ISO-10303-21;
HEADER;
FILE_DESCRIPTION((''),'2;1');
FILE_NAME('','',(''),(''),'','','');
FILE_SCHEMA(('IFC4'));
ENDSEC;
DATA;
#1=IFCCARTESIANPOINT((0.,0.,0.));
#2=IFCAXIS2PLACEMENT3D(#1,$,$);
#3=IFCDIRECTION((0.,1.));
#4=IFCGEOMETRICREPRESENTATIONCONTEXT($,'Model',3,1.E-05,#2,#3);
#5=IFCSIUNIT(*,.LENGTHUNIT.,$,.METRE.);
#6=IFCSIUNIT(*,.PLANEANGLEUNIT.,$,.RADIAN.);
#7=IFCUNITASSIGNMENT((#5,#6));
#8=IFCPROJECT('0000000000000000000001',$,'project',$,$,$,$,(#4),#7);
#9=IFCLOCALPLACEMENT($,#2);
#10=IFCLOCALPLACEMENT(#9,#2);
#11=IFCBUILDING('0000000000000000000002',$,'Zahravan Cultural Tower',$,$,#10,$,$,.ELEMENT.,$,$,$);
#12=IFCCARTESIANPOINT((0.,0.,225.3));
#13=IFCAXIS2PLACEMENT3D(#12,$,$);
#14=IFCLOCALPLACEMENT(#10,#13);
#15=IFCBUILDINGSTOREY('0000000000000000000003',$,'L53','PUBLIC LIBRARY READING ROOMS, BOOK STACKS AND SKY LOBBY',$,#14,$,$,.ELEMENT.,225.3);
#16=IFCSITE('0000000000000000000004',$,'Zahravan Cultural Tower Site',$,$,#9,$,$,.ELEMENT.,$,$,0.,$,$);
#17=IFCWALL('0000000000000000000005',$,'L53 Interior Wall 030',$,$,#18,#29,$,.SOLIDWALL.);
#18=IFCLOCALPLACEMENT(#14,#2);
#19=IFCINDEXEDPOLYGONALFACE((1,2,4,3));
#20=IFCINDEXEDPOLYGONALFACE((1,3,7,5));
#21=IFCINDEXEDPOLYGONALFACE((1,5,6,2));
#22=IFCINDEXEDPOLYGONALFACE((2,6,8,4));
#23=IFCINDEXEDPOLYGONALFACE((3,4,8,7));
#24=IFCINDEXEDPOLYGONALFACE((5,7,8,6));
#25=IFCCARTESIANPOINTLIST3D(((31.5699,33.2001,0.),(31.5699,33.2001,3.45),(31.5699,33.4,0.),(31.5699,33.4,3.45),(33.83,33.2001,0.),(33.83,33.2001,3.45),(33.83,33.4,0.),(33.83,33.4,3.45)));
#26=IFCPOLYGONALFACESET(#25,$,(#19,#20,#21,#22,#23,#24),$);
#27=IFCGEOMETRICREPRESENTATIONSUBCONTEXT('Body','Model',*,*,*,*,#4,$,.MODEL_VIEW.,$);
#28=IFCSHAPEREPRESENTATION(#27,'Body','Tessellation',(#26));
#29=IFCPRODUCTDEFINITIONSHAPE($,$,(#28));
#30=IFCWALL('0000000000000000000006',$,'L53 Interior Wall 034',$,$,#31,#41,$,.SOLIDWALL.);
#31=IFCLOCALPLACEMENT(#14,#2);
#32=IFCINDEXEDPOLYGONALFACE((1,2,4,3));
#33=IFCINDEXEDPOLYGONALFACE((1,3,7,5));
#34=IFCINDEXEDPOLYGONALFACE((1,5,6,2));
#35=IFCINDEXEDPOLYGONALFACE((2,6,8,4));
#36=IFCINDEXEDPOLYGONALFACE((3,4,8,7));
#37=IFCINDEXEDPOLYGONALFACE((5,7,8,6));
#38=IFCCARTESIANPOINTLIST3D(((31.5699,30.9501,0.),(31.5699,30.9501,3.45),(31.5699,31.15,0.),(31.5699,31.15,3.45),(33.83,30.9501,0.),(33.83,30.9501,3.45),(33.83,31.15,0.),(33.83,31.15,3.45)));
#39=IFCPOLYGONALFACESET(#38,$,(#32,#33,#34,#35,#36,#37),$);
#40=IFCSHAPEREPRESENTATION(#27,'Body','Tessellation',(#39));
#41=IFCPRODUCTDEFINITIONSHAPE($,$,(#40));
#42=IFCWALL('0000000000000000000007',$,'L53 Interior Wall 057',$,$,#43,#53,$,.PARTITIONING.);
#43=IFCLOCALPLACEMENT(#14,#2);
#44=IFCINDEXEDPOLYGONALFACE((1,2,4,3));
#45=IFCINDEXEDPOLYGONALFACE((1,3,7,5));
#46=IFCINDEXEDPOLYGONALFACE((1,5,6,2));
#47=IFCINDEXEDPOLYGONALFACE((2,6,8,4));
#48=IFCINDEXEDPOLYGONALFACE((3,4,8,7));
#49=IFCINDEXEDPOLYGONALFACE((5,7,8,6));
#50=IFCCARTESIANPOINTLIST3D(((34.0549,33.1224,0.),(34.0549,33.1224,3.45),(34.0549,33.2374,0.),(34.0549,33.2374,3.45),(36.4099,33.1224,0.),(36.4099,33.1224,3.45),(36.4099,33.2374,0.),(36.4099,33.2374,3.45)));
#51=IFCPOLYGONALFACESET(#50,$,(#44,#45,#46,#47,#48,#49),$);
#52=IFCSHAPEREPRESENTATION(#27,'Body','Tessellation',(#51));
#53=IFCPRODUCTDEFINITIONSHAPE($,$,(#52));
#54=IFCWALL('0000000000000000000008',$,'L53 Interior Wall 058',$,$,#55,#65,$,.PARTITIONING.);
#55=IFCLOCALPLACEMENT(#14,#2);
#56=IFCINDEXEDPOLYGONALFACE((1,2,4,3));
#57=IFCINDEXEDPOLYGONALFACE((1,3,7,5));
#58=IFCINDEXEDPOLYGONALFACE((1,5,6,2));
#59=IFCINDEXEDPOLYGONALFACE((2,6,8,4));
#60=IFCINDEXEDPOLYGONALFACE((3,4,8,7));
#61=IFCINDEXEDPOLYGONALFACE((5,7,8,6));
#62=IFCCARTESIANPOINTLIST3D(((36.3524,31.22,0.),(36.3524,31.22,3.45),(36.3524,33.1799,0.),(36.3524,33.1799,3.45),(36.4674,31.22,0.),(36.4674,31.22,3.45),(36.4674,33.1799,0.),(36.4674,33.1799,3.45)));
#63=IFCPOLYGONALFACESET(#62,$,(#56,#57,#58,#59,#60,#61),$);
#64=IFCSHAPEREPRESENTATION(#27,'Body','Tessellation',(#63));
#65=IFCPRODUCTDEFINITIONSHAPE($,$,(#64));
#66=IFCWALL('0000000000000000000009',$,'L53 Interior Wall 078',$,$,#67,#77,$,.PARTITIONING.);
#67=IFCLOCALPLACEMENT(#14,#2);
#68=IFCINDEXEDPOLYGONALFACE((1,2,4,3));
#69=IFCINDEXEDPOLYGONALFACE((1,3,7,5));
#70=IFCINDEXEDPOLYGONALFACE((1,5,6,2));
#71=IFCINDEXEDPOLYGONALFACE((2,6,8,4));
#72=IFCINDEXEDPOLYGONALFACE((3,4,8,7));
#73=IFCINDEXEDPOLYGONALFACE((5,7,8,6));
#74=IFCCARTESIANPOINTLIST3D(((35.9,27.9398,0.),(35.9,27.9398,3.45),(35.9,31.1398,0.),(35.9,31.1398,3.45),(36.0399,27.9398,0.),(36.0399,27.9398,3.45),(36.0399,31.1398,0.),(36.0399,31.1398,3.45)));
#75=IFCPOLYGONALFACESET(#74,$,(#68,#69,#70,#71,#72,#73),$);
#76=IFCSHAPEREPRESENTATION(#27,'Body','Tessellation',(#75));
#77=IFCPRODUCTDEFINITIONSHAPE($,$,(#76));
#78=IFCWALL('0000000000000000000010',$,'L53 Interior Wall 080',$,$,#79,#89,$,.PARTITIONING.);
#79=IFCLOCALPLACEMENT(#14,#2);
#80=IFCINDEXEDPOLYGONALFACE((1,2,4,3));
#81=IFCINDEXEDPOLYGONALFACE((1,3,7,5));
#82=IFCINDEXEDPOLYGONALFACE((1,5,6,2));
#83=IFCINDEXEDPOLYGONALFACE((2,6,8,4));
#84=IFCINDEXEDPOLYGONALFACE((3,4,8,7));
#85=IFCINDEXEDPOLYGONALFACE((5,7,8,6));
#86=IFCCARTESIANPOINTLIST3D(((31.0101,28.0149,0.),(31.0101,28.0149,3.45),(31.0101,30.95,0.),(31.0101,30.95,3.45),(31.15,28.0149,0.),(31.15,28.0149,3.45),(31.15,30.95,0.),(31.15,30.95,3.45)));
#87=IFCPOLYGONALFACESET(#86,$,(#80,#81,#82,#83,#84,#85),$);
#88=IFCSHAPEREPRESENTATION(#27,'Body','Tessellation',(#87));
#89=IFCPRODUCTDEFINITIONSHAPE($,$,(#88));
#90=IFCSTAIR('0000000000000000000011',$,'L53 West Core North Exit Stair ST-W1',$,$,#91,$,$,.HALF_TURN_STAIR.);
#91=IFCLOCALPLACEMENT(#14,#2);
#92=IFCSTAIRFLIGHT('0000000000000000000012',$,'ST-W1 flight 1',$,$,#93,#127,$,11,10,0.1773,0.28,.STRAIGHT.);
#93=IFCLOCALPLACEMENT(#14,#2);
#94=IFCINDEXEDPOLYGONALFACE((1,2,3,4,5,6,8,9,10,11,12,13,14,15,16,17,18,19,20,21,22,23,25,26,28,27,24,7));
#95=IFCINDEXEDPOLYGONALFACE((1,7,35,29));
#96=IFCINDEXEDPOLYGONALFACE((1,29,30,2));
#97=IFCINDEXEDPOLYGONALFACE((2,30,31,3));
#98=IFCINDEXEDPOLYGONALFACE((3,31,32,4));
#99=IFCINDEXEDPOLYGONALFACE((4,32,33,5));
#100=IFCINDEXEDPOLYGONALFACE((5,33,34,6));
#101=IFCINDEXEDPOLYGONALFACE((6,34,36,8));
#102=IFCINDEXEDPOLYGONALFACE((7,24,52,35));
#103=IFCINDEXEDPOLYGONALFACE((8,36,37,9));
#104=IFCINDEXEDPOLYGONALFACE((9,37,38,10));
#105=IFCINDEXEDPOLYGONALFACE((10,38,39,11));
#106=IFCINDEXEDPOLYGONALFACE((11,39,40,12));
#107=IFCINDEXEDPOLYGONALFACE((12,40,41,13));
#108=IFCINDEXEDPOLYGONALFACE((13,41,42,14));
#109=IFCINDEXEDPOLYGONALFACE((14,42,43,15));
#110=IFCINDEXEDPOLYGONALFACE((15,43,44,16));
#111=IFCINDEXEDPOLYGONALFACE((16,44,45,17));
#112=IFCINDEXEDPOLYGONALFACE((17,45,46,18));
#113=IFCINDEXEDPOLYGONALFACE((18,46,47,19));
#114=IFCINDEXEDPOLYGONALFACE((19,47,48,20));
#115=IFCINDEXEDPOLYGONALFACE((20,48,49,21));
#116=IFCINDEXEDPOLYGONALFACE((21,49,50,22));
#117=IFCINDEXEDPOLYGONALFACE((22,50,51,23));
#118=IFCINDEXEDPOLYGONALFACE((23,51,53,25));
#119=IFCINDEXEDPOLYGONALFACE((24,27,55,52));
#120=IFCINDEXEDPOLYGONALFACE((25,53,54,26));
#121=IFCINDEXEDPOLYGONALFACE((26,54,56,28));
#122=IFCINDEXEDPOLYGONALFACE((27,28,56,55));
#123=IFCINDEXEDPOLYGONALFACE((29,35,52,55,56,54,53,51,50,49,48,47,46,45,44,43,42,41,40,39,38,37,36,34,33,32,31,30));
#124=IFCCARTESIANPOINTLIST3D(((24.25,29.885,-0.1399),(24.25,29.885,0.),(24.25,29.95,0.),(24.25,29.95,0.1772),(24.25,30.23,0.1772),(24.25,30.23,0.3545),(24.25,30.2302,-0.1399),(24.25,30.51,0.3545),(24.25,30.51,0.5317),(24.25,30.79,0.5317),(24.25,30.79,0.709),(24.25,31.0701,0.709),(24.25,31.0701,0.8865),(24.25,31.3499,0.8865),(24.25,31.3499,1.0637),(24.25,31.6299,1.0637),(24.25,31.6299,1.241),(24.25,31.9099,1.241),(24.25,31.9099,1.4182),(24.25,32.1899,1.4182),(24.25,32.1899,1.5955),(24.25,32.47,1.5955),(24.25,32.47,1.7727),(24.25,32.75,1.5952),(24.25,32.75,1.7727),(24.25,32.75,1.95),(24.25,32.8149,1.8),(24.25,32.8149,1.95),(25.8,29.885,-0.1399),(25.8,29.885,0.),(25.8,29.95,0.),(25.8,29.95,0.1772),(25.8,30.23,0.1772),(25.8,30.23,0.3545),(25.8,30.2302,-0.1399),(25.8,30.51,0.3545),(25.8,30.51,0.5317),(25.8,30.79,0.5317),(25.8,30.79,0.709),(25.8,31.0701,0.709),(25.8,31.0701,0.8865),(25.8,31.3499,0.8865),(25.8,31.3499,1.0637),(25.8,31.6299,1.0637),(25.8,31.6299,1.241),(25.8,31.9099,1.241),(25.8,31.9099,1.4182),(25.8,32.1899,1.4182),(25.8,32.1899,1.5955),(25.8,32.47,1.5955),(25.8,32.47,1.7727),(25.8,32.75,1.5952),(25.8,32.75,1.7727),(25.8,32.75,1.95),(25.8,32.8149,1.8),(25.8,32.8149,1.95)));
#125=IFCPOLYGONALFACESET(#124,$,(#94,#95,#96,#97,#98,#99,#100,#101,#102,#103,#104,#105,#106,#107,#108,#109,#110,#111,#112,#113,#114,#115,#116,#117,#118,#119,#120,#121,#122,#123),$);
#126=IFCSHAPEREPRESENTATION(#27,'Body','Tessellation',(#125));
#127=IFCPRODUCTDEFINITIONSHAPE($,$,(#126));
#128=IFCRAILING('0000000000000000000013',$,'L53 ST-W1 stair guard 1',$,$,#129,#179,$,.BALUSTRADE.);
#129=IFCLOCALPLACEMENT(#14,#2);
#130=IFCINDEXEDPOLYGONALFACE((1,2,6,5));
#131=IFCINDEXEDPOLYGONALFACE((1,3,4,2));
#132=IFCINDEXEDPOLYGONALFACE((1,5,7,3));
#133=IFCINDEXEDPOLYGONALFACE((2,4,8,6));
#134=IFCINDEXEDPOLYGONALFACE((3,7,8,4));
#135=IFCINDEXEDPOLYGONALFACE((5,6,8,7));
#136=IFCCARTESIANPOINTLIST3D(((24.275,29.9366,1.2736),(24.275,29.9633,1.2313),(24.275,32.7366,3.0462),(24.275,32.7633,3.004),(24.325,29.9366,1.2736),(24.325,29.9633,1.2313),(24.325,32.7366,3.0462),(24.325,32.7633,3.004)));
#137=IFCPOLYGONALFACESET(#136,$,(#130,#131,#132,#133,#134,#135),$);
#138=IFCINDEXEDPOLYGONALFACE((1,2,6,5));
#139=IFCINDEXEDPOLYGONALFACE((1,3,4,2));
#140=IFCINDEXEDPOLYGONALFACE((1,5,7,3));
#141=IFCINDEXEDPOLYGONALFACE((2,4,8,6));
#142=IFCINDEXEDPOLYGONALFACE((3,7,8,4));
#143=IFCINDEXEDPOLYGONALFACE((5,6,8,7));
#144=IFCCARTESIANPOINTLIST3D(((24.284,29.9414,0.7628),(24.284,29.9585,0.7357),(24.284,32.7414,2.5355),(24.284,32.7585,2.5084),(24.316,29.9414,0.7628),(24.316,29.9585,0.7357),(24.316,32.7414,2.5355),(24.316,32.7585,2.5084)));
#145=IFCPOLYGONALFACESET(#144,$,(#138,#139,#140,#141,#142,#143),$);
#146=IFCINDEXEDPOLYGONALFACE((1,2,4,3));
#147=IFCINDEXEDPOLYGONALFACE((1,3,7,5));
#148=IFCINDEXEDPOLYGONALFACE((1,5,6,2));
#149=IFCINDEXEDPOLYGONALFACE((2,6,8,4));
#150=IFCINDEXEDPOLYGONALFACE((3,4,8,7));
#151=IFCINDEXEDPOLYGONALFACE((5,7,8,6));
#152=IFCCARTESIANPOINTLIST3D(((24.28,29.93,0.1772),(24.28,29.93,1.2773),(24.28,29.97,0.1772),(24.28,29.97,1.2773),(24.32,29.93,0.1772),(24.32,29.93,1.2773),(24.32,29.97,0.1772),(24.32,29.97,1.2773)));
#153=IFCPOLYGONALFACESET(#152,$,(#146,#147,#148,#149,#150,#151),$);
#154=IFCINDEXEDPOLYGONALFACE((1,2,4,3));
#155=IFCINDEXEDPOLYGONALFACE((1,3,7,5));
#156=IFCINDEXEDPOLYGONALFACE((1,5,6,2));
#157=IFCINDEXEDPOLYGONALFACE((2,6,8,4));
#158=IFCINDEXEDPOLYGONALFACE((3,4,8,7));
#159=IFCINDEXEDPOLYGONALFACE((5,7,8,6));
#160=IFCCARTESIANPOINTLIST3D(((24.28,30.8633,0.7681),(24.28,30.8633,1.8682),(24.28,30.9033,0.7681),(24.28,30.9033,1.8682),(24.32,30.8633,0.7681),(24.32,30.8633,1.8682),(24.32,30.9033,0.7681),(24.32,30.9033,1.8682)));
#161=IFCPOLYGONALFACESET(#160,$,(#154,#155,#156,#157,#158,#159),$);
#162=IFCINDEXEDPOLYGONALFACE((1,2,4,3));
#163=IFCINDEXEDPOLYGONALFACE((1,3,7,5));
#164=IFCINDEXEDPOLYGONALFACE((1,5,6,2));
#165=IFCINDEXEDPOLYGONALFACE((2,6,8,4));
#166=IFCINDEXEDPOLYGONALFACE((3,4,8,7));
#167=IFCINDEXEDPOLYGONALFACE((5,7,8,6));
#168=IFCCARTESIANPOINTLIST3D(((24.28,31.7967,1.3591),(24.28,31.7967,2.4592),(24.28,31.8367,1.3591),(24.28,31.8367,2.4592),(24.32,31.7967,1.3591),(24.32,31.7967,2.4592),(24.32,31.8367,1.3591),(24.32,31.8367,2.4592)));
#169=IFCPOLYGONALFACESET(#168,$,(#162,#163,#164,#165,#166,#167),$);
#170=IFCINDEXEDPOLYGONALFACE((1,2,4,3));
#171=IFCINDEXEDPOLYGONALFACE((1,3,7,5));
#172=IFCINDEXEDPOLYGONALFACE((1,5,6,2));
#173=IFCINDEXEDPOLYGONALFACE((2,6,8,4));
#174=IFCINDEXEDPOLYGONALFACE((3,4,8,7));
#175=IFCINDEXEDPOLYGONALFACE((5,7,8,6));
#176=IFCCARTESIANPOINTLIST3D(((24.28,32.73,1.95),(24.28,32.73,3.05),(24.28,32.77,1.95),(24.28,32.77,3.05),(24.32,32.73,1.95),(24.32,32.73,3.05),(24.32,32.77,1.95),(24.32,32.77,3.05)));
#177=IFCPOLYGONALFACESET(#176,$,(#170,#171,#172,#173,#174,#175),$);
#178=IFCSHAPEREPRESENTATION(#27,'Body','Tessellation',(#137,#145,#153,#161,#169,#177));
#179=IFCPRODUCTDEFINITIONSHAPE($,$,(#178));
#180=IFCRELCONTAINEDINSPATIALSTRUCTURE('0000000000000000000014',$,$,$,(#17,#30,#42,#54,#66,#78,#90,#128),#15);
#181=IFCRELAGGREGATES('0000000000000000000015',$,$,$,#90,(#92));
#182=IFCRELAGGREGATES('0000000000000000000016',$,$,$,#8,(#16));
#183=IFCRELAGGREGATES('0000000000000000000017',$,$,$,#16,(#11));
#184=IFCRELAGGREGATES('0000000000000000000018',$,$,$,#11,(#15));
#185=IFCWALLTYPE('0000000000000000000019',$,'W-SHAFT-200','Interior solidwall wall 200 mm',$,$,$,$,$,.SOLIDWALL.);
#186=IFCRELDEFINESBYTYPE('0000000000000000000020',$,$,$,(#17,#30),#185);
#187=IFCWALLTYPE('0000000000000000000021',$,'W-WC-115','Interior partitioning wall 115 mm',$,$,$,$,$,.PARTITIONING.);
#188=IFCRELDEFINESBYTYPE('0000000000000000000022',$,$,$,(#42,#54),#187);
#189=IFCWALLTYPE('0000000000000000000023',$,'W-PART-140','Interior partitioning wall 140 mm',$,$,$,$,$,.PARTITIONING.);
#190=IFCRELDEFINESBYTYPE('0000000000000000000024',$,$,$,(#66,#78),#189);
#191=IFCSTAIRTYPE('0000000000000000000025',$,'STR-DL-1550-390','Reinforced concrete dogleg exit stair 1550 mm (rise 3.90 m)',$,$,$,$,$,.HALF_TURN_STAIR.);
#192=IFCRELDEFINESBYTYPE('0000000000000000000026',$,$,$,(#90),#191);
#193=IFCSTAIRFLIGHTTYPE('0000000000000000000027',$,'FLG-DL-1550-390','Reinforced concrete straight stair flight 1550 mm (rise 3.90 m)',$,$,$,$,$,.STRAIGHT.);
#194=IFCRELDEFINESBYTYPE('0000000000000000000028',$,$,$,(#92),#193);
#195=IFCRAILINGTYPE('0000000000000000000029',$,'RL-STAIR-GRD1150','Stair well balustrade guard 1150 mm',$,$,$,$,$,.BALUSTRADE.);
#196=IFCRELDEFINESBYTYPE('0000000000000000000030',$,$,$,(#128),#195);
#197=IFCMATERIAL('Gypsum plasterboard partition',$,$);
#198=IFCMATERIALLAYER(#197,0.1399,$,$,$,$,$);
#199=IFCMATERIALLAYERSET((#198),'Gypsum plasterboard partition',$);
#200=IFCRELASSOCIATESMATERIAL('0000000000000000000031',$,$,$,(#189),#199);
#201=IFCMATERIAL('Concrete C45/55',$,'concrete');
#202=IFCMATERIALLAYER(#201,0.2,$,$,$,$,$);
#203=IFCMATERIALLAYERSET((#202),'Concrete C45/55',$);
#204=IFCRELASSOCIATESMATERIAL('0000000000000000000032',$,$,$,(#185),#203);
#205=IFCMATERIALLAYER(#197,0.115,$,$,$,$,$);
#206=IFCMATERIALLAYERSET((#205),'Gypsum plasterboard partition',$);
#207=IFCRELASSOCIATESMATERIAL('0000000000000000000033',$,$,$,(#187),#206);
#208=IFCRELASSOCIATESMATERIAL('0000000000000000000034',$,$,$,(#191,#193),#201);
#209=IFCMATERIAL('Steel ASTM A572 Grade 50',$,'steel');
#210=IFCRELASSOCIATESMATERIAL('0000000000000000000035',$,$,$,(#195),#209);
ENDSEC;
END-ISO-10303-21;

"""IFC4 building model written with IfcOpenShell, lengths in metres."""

from ifc_helpers import new_model, si_unit, direction, frame, frame_2d, origin, origin_2d, place, context, subcontext, project, spatial, polyline, rectangle, outline, extrude, source, transform, mapped, material, layer, layer_set, type_object, element, aggregate, save


model = new_model("IFC4")

# Units and contexts
model_context = context("Model", 3, precision=1e-05, world=origin(), true_north=direction((0.0, 1.0)))
body_context = subcontext(model_context, "Body", "Model", "MODEL_VIEW")
ifc_project = project(units=[si_unit("LENGTHUNIT", "METRE"), si_unit("PLANEANGLEUNIT", "RADIAN")], contexts=[model_context])

# Site, building, storey
site_placement = place(None, origin())
site = spatial("IfcSite", under=ifc_project, at=site_placement, Name="Zahravan Cultural Tower Site", CompositionType="ELEMENT", RefElevation=0.0)
building_placement = place(site_placement, origin())
building = spatial("IfcBuilding", under=site, at=building_placement, Name="Zahravan Cultural Tower", CompositionType="ELEMENT")
storey_placement = place(building_placement, frame((0.0, 0.0, 225.3)))
storey = spatial("IfcBuildingStorey", under=building, at=storey_placement, Name="L53", Description="PUBLIC LIBRARY READING ROOMS, BOOK STACKS AND SKY LOBBY", CompositionType="ELEMENT", Elevation=225.3)

# Shared definitions
ifc_material_1 = material(Name="Steel ASTM A572 Grade 50", Category="steel")
ifc_material_2 = material(Name="Gypsum plasterboard partition")
ifc_layer_1 = layer(ifc_material_2, 0.1399)
ifc_layer_set_1 = layer_set([ifc_layer_1], Name="Gypsum plasterboard partition")
wall_type_1 = type_object("IfcWallType", Name="W-PART-140", Description="Interior partitioning wall 140 mm", PredefinedType="PARTITIONING", material=ifc_layer_set_1)
ifc_material_3 = material(Name="Concrete C45/55", Category="concrete")
ifc_layer_2 = layer(ifc_material_3, 0.2)
ifc_layer_set_2 = layer_set([ifc_layer_2], Name="Concrete C45/55")
wall_type_2 = type_object("IfcWallType", Name="W-SHAFT-200", Description="Interior solidwall wall 200 mm", PredefinedType="SOLIDWALL", material=ifc_layer_set_2)
ifc_layer_3 = layer(ifc_material_2, 0.115)
ifc_layer_set_3 = layer_set([ifc_layer_3], Name="Gypsum plasterboard partition")
wall_type_3 = type_object("IfcWallType", Name="W-WC-115", Description="Interior partitioning wall 115 mm", PredefinedType="PARTITIONING", material=ifc_layer_set_3)

# Walls
shared_shape_1 = source(origin(), body_context, "Body", "SweptSolid", [
    extrude(rectangle(XDim=2.26, YDim=0.2, at=frame_2d((1.1299, 0.0))), origin(), (0.0, 0.0, 1.0), 3.45),
])
for number, where, z_axis, x_axis, name in (
    (1, (31.5701, 33.3, 0.0), (0.0, 0.0, 1.0), (1.0, 0.0, 0.0), "L53 Interior Wall 030"),
    (2, (31.5701, 31.05, 0.0), (0.0, 0.0, 1.0), (1.0, 0.0, 0.0), "L53 Interior Wall 034"),
):
    element("IfcWall", number, at=place(storey_placement, frame(where, z_axis=z_axis, x_axis=x_axis)), inside=storey, type_object=wall_type_2, Name=name, PredefinedType="SOLIDWALL", context=body_context, shape_type="MappedRepresentation", body=[
        mapped(shared_shape_1, transform((0.0, 0.0, 0.0), x_axis=(1.0, 0.0, 0.0), y_axis=(0.0, 1.0, 0.0), z_axis=(0.0, 0.0, 1.0), scale=1.0)),
    ])
shared_shape_2 = source(origin(), body_context, "Body", "SweptSolid", [
    extrude(rectangle(XDim=2.355, YDim=0.115, at=frame_2d((1.1775, 0.0))), origin(), (0.0, 0.0, 1.0), 3.45),
])
wall_1_placement = place(storey_placement, frame((34.0549, 33.1799, 0.0), z_axis=(0.0, 0.0, 1.0), x_axis=(1.0, 0.0, 0.0)))
element("IfcWall", 3, at=wall_1_placement, inside=storey, type_object=wall_type_3, Name="L53 Interior Wall 057", PredefinedType="PARTITIONING", context=body_context, shape_type="MappedRepresentation", body=[
    mapped(shared_shape_2, transform((0.0, 0.0, 0.0), x_axis=(1.0, 0.0, 0.0), y_axis=(0.0, 1.0, 0.0), z_axis=(0.0, 0.0, 1.0), scale=1.0)),
])
shared_shape_3 = source(origin(), body_context, "Body", "SweptSolid", [
    extrude(rectangle(XDim=1.96, YDim=0.115, at=frame_2d((0.98, 0.0))), origin(), (0.0, 0.0, 1.0), 3.45),
])
wall_2_placement = place(storey_placement, frame((36.4099, 33.1799, 0.0), z_axis=(0.0, 0.0, 1.0), x_axis=(0.0, -1.0, 0.0)))
element("IfcWall", 4, at=wall_2_placement, inside=storey, type_object=wall_type_3, Name="L53 Interior Wall 058", PredefinedType="PARTITIONING", context=body_context, shape_type="MappedRepresentation", body=[
    mapped(shared_shape_3, transform((0.0, 0.0, 0.0), x_axis=(1.0, 0.0, 0.0), y_axis=(0.0, 1.0, 0.0), z_axis=(0.0, 0.0, 1.0), scale=1.0)),
])
shared_shape_4 = source(origin(), body_context, "Body", "SweptSolid", [
    extrude(rectangle(XDim=3.2, YDim=0.1399, at=frame_2d((1.6001, 0.0))), origin(), (0.0, 0.0, 1.0), 3.45),
])
wall_3_placement = place(storey_placement, frame((35.97, 31.1399, 0.0), z_axis=(0.0, 0.0, 1.0), x_axis=(0.0, -1.0, 0.0)))
element("IfcWall", 5, at=wall_3_placement, inside=storey, type_object=wall_type_1, Name="L53 Interior Wall 078", PredefinedType="PARTITIONING", context=body_context, shape_type="MappedRepresentation", body=[
    mapped(shared_shape_4, transform((0.0, 0.0, 0.0), x_axis=(1.0, 0.0, 0.0), y_axis=(0.0, 1.0, 0.0), z_axis=(0.0, 0.0, 1.0), scale=1.0)),
])
shared_shape_5 = source(origin(), body_context, "Body", "SweptSolid", [
    extrude(rectangle(XDim=2.9351, YDim=0.1399, at=frame_2d((1.4675, 0.0))), origin(), (0.0, 0.0, 1.0), 3.45),
])
wall_4_placement = place(storey_placement, frame((31.0801, 28.0149, 0.0), z_axis=(0.0, 0.0, 1.0), x_axis=(0.0, 1.0, 0.0)))
element("IfcWall", 6, at=wall_4_placement, inside=storey, type_object=wall_type_1, Name="L53 Interior Wall 080", PredefinedType="PARTITIONING", context=body_context, shape_type="MappedRepresentation", body=[
    mapped(shared_shape_5, transform((0.0, 0.0, 0.0), x_axis=(1.0, 0.0, 0.0), y_axis=(0.0, 1.0, 0.0), z_axis=(0.0, 0.0, 1.0), scale=1.0)),
])

# Stair, stair flight
stair_type = type_object("IfcStairType", Name="STR-DL-1550-390", Description="Reinforced concrete dogleg exit stair 1550 mm (rise 3.90 m)", PredefinedType="HALF_TURN_STAIR", material=ifc_material_3)
stair_placement = place(storey_placement, origin())
stair = element("IfcStair", 7, at=stair_placement, inside=storey, type_object=stair_type, Name="L53 West Core North Exit Stair ST-W1", PredefinedType="HALF_TURN_STAIR")
stair_flight_type = type_object("IfcStairFlightType", Name="FLG-DL-1550-390", Description="Reinforced concrete straight stair flight 1550 mm (rise 3.90 m)", PredefinedType="STRAIGHT", material=ifc_material_3)
stair_flight_placement = place(storey_placement, frame((25.0249, 29.95, 0.0), z_axis=(0.0, 0.0, 1.0), x_axis=(0.0, 1.0, 0.0)))
stair_flight = element("IfcStairFlight", 8, at=stair_flight_placement, type_object=stair_flight_type, Name="ST-W1 flight 1", NumberOfRisers=11, NumberOfTreads=10, PredefinedType="STRAIGHT", RiserHeight=0.1773, TreadLength=0.28, context=body_context, shape_type="SweptSolid", body=[
    extrude(outline(polyline([(-0.0649, -0.1399), (-0.0649, 0.0), (0.0, 0.0), (0.0, 0.1772), (0.28, 0.1772), (0.28, 0.3545), (0.5601, 0.3545), (0.5601, 0.5317), (0.8401, 0.5317), (0.8401, 0.709), (1.1201, 0.709), (1.1201, 0.8865), (1.3999, 0.8865), (1.3999, 1.0637), (1.6799, 1.0637), (1.6799, 1.241), (1.96, 1.241), (1.96, 1.4182), (2.24, 1.4182), (2.24, 1.5955), (2.52, 1.5955), (2.52, 1.7727), (2.8, 1.7727), (2.8, 1.95), (2.865, 1.95), (2.865, 1.8), (2.8, 1.5952), (0.2803, -0.1399), (-0.0649, -0.1399)])), frame((0.0, 0.7749, 0.0), z_axis=(0.0, -1.0, 0.0), x_axis=(1.0, 0.0, 0.0)), (0.0, 0.0, 1.0), 1.55),
])
aggregate(stair, [stair_flight])

# Railing
railing_type_1 = type_object("IfcRailingType", Name="RL-STAIR-GRD1150", Description="Stair well balustrade guard 1150 mm", PredefinedType="BALUSTRADE", material=ifc_material_1)
railing_1_placement = place(storey_placement, frame((24.3, 29.95, 0.1772)))
element("IfcRailing", 9, at=railing_1_placement, inside=storey, type_object=railing_type_1, Name="L53 ST-W1 stair guard 1", PredefinedType="BALUSTRADE", context=body_context, shape_type="SweptSolid", body=[
    extrude(rectangle(XDim=0.05, YDim=0.05, at=origin_2d()), frame((0.0, 0.0, 1.0752), z_axis=(0.0, 0.844909, 0.53491), x_axis=(-1.0, 0.0, 0.0)), (0.0, 0.0, 1.0), 3.314),
    extrude(rectangle(XDim=0.032, YDim=0.032, at=origin_2d()), frame((0.0, 0.0, 0.572), z_axis=(0.0, 0.844909, 0.53491), x_axis=(-1.0, 0.0, 0.0)), (0.0, 0.0, 1.0), 3.314),
    extrude(rectangle(XDim=0.04, YDim=0.04, at=origin_2d()), origin(), (0.0, 0.0, 1.0), 1.1001),
    extrude(rectangle(XDim=0.04, YDim=0.04, at=origin_2d()), frame((0.0, 0.9333, 0.5908)), (0.0, 0.0, 1.0), 1.1001),
    extrude(rectangle(XDim=0.04, YDim=0.04, at=origin_2d()), frame((0.0, 1.8667, 1.1819)), (0.0, 0.0, 1.0), 1.1001),
    extrude(rectangle(XDim=0.04, YDim=0.04, at=origin_2d()), frame((0.0, 2.8, 1.7727)), (0.0, 0.0, 1.0), 1.1001),
])

save(model, "model.ifc")
